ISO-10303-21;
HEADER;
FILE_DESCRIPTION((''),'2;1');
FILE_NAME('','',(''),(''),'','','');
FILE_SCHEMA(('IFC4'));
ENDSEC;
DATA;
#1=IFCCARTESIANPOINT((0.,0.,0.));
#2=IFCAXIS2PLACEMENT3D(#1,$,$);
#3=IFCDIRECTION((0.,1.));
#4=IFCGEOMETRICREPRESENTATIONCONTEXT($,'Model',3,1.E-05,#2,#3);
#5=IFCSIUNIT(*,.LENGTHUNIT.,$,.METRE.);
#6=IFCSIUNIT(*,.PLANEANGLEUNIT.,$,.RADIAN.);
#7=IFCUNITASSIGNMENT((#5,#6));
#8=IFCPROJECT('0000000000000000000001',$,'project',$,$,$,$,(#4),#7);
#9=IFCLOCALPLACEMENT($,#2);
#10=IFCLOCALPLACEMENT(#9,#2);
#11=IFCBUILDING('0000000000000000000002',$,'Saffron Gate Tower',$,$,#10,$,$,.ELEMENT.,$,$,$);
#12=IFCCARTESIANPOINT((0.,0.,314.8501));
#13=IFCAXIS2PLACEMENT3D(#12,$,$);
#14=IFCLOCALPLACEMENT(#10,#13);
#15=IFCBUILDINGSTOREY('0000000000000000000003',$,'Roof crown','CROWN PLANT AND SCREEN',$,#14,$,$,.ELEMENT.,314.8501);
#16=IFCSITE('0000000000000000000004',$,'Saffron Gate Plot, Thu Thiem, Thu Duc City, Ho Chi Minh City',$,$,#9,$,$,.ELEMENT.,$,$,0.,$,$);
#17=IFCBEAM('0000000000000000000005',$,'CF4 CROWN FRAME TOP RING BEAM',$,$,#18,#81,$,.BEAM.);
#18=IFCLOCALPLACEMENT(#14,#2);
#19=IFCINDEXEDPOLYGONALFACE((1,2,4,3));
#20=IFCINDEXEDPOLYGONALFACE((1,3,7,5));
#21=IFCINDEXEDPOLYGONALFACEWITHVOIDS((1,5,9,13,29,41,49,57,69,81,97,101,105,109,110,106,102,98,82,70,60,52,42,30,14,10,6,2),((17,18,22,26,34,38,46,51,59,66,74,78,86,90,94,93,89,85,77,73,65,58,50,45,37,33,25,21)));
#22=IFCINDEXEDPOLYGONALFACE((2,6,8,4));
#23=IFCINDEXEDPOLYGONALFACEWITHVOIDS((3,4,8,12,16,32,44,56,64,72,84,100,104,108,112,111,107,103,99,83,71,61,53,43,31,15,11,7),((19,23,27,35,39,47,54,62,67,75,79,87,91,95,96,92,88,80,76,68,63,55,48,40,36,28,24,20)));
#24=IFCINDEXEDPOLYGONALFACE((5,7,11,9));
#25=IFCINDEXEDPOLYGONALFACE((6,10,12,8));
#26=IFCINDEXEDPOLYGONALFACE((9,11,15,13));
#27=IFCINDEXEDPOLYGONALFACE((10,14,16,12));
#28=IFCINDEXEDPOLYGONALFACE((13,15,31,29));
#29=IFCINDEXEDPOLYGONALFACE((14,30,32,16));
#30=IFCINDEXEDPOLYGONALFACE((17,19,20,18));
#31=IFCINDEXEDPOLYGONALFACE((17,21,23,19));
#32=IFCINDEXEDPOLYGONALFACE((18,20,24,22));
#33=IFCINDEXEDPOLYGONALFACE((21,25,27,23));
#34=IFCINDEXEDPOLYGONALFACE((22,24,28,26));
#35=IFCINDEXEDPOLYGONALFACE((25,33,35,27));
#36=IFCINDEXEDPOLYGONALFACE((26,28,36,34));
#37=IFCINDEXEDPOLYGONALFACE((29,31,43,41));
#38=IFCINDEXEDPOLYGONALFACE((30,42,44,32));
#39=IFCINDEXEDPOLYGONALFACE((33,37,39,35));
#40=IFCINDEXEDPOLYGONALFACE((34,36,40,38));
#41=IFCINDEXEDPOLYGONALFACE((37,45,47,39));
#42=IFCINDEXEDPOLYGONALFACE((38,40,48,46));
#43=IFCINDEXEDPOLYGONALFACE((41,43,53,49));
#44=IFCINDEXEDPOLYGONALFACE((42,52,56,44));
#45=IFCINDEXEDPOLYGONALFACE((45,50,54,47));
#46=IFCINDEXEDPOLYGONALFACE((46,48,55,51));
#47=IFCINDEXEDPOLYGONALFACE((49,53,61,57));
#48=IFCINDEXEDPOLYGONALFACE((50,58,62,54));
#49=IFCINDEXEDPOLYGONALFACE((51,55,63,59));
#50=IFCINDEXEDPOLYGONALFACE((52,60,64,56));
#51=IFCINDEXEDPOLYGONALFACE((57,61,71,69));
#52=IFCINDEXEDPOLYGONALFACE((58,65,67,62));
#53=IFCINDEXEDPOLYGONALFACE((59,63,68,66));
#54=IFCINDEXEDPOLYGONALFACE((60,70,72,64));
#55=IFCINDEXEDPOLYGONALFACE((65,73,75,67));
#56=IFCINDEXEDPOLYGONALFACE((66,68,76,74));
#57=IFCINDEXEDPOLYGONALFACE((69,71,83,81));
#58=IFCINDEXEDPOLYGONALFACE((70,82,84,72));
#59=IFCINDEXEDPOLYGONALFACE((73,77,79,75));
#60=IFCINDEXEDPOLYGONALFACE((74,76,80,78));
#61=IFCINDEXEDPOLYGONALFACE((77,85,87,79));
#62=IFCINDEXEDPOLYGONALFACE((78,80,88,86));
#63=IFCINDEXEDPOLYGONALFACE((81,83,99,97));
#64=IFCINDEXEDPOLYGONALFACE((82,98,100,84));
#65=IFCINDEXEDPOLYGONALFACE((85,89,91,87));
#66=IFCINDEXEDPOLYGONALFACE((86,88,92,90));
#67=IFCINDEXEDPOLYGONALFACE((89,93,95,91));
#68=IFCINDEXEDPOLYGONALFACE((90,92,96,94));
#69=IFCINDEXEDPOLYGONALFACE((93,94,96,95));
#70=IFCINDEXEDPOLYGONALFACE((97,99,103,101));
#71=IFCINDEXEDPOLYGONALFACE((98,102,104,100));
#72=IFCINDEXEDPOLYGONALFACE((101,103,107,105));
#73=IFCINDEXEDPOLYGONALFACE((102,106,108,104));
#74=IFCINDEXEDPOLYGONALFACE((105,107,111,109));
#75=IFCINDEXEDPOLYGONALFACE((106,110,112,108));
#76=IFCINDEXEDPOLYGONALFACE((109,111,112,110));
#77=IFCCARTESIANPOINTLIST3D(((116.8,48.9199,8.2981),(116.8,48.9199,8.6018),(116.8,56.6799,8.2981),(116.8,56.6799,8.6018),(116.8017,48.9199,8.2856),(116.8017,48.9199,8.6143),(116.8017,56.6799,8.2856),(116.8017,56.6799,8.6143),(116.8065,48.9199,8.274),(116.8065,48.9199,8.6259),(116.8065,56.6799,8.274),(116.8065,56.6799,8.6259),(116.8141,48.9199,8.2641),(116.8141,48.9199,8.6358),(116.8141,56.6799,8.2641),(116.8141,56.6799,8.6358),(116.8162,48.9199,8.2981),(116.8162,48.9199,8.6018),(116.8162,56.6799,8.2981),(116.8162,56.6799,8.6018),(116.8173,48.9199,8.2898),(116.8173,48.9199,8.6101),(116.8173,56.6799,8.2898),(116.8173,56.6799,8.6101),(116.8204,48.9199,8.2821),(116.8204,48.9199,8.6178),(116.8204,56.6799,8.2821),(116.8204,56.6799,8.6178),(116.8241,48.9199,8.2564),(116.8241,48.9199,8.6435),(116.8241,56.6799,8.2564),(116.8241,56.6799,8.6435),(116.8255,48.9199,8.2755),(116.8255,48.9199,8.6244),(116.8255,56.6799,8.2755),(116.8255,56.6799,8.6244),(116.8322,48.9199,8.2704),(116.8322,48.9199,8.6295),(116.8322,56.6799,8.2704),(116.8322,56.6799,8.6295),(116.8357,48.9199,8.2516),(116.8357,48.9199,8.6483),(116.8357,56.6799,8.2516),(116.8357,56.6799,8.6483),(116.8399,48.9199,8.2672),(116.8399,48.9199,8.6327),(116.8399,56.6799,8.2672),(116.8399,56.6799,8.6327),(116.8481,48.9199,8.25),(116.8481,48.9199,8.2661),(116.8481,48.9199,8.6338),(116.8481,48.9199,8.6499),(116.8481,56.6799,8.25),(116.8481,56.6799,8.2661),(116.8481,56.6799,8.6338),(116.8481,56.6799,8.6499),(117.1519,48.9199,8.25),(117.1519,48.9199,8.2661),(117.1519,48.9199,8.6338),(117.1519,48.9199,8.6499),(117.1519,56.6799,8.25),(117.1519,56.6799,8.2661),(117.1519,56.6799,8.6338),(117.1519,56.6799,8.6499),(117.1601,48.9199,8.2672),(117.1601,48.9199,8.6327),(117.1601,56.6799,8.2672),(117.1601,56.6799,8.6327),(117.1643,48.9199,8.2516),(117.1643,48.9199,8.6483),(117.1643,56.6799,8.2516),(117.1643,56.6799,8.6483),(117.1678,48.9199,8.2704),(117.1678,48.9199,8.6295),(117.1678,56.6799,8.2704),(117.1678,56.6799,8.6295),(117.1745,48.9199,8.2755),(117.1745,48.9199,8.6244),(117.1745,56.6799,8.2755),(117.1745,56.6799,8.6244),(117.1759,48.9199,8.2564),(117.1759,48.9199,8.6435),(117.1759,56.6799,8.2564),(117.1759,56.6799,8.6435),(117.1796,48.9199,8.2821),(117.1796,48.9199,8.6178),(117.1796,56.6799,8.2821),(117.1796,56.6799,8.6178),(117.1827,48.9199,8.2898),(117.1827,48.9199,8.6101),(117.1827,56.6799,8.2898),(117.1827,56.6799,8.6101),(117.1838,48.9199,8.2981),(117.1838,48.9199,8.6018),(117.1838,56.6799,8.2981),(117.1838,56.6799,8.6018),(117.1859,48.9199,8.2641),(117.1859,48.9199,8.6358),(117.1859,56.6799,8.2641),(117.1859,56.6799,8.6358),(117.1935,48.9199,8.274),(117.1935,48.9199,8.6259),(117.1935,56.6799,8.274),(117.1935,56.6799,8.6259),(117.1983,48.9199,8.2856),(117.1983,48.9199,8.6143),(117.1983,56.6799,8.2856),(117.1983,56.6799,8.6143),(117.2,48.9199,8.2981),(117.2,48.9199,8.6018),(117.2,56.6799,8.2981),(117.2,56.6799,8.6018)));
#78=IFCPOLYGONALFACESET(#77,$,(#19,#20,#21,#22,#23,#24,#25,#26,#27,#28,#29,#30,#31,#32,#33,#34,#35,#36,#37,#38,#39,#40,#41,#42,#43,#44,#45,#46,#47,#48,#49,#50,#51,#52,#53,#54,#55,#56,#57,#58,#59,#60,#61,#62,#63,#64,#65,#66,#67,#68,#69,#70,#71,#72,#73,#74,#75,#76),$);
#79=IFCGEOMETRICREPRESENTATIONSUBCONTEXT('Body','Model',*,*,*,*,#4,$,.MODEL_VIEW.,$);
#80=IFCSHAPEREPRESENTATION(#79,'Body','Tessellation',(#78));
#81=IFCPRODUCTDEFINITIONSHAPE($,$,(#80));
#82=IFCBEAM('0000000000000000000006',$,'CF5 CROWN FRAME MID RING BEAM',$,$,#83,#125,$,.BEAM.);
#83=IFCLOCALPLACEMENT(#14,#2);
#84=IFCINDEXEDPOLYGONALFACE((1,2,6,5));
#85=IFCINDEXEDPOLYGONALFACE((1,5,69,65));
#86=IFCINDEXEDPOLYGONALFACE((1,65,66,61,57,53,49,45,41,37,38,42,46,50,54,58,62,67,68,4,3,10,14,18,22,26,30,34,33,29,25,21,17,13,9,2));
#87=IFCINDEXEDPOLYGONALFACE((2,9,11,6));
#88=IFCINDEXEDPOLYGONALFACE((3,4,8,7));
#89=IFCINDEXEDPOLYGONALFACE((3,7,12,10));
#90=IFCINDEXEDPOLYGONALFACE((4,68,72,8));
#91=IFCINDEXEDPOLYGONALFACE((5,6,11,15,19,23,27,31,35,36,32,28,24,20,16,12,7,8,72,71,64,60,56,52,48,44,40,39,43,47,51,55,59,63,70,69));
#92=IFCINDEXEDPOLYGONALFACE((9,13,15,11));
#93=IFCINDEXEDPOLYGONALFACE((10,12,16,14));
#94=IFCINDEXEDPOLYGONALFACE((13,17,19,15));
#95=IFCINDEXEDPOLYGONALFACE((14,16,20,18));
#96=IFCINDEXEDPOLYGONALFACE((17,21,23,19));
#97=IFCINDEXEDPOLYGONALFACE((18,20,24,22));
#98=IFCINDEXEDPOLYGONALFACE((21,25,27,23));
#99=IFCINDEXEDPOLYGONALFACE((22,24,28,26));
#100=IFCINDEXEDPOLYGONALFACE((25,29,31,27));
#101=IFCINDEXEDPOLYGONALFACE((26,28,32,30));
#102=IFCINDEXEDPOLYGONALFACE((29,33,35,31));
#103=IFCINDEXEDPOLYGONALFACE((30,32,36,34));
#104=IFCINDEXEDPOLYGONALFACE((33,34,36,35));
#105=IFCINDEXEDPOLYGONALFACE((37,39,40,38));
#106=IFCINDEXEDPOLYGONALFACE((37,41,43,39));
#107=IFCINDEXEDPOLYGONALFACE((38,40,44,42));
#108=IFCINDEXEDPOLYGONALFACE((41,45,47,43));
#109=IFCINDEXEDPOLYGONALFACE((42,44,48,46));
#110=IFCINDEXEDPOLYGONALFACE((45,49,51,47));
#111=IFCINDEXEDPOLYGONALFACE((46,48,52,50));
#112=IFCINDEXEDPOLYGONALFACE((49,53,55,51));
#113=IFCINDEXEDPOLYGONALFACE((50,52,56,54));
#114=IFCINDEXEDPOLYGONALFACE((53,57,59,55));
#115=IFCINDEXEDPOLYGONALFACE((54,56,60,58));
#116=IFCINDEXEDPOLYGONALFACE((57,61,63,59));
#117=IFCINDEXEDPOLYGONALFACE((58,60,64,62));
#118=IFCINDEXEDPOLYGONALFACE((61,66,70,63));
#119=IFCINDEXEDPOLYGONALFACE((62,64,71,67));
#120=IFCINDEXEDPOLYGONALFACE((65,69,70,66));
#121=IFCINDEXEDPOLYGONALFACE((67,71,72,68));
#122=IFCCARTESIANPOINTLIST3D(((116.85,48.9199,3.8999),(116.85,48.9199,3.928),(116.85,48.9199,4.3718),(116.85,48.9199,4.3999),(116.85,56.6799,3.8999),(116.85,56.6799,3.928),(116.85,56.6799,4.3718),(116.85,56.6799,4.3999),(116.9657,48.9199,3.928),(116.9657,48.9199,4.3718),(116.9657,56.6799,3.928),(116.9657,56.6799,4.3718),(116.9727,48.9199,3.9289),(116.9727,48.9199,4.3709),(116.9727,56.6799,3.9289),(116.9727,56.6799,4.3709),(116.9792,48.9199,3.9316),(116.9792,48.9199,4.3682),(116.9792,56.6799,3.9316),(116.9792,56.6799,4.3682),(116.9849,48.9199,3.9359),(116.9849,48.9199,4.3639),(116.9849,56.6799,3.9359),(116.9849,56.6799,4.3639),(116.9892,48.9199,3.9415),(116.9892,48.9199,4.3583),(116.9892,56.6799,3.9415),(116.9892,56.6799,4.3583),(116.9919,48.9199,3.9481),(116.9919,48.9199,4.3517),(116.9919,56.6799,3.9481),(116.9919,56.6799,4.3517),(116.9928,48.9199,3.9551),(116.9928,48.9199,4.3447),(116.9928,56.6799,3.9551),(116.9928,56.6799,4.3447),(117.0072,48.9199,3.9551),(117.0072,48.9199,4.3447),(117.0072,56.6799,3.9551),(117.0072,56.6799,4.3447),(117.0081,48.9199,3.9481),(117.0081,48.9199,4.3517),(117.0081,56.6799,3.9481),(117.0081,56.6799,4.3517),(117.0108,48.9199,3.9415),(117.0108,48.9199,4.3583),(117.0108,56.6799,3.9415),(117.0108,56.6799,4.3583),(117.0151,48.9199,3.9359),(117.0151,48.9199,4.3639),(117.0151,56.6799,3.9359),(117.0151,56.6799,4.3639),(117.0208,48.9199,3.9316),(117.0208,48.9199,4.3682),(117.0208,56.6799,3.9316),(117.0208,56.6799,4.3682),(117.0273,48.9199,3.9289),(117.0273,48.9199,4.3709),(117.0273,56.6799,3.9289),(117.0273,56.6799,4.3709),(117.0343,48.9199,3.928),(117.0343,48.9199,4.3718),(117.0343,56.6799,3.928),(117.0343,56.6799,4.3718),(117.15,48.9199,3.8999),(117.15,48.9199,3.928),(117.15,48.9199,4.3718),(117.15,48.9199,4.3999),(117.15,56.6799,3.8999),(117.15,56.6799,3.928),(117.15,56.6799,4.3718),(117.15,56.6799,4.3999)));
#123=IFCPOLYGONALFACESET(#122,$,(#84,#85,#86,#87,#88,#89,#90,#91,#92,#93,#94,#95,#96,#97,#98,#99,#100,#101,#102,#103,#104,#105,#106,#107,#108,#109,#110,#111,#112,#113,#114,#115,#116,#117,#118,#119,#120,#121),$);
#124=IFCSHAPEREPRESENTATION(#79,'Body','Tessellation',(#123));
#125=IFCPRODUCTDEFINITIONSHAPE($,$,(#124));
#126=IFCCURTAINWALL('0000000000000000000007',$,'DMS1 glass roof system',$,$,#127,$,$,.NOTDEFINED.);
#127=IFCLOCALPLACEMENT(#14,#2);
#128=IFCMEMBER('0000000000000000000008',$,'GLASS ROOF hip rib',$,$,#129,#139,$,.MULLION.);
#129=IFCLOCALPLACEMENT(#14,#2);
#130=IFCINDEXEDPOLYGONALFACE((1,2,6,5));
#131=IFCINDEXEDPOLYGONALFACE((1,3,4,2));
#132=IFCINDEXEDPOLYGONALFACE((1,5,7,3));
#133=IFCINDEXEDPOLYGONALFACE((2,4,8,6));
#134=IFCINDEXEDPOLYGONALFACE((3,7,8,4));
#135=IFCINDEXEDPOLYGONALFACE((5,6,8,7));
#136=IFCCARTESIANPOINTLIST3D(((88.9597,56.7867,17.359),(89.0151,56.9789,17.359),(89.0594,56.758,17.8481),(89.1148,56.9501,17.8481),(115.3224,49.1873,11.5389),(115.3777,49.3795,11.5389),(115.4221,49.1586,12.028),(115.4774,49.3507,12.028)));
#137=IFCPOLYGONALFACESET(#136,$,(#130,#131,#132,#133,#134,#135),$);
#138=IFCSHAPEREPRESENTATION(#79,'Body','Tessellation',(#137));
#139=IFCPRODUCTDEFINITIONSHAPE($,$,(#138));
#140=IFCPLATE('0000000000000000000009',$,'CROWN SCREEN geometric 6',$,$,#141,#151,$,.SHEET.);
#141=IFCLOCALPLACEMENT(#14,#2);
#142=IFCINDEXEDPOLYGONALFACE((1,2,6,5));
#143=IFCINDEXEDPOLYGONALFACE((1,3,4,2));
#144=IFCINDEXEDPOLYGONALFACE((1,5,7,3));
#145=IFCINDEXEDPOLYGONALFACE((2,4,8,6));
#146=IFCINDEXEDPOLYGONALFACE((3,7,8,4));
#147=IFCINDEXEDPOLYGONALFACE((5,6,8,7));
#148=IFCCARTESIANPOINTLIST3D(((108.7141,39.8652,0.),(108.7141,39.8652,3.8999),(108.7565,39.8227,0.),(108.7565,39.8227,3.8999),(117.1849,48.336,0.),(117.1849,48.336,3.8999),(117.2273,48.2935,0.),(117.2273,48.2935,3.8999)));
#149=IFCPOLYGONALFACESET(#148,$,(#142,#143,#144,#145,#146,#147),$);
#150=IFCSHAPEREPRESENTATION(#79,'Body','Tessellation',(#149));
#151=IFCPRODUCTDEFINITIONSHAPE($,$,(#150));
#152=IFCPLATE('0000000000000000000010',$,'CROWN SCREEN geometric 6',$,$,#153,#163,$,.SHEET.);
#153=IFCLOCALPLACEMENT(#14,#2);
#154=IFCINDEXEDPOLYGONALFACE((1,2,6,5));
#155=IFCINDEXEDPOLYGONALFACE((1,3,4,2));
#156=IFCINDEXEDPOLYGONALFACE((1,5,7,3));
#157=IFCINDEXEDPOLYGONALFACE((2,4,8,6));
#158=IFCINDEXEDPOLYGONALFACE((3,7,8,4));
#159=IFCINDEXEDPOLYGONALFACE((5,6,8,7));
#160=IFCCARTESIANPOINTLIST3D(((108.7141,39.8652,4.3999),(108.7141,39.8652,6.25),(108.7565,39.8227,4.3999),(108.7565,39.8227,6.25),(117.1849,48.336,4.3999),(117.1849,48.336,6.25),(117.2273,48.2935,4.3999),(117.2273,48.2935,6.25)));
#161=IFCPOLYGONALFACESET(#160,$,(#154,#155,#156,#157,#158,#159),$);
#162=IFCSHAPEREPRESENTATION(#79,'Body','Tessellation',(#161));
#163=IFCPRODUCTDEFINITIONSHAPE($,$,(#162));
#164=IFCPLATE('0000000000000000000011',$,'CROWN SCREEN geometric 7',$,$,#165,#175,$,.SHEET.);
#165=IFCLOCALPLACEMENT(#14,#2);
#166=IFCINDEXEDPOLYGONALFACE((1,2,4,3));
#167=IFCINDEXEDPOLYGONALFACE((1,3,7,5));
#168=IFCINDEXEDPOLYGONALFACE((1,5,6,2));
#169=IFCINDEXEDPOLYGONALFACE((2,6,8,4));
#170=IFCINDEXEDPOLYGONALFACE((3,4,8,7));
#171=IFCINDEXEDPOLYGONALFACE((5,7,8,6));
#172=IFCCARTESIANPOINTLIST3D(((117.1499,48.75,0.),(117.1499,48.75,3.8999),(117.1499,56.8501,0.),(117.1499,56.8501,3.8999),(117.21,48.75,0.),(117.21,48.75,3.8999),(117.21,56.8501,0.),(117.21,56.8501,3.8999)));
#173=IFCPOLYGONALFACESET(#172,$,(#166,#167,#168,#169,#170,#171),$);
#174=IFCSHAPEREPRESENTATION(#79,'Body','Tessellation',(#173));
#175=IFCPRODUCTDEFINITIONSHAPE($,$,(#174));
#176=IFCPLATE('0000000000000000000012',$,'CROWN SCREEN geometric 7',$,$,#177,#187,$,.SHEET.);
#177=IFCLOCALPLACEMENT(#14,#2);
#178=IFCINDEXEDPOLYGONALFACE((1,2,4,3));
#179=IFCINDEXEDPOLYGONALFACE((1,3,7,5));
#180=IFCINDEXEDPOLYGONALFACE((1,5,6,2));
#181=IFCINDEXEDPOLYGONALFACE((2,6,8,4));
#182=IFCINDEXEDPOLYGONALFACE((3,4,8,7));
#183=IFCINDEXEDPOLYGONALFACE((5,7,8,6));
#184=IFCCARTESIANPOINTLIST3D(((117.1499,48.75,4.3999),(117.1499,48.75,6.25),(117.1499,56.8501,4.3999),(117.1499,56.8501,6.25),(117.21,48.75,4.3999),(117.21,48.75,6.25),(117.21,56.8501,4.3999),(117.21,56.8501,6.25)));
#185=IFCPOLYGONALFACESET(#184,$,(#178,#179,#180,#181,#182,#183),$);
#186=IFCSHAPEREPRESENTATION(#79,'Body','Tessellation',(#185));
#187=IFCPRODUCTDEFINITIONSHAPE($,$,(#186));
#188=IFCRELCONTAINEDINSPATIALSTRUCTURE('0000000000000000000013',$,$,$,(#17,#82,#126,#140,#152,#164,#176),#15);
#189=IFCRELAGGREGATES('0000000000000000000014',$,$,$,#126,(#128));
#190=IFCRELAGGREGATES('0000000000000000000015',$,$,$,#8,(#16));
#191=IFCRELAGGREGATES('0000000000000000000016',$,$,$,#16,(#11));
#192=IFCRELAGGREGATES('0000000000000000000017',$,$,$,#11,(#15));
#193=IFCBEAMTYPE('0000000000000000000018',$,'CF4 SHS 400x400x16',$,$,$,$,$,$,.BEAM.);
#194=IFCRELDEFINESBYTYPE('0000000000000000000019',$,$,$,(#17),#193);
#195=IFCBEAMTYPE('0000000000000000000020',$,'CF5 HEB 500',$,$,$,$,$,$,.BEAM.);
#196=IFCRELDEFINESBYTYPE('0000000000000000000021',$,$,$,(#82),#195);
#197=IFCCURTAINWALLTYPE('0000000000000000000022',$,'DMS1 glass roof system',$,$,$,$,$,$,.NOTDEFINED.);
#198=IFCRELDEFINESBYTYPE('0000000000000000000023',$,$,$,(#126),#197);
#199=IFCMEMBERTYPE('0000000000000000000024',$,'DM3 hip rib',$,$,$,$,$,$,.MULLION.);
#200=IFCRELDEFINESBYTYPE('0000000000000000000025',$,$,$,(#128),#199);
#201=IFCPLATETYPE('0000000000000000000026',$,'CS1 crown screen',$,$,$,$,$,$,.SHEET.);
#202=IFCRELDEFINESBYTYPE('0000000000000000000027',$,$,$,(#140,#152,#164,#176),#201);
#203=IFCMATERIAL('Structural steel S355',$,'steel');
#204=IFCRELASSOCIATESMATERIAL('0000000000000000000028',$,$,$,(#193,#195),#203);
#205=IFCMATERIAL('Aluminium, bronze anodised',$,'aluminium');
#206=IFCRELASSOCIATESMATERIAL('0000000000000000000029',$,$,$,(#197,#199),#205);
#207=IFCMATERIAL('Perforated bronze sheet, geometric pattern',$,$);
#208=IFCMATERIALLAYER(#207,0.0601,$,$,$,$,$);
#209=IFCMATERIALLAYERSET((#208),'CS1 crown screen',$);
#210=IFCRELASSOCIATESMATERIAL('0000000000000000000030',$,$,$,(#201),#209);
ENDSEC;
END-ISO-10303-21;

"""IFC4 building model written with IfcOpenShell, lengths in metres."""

from ifc_helpers import new_model, si_unit, direction, frame, origin, origin_2d, place, context, subcontext, project, spatial, rectangle, hollow_rectangle, i_section, extrude, material, layer, layer_set, material_profile, profile_set, type_object, element, aggregate, save


model = new_model("IFC4")

# Units and contexts
model_context = context("Model", 3, precision=1e-05, world=origin(), true_north=direction((0.0, 1.0)))
body_context = subcontext(model_context, "Body", "Model", "MODEL_VIEW")
ifc_project = project(units=[si_unit("LENGTHUNIT", "METRE"), si_unit("PLANEANGLEUNIT", "RADIAN")], contexts=[model_context])

# Site, building, storey
site_placement = place(None, origin())
site = spatial("IfcSite", under=ifc_project, at=site_placement, Name="Saffron Gate Plot, Thu Thiem, Thu Duc City, Ho Chi Minh City", CompositionType="ELEMENT", RefElevation=0.0)
building_placement = place(site_placement, origin())
building = spatial("IfcBuilding", under=site, at=building_placement, Name="Saffron Gate Tower", CompositionType="ELEMENT")
storey_placement = place(building_placement, frame((0.0, 0.0, 314.8501)))
storey = spatial("IfcBuildingStorey", under=building, at=storey_placement, Name="Roof crown", Description="CROWN PLANT AND SCREEN", CompositionType="ELEMENT", Elevation=314.8501)

# Shared definitions
ifc_material_1 = material(Name="Structural steel S355", Category="steel")

# Beams
ifc_material_profile_1 = material_profile(ifc_material_1, hollow_rectangle(XDim=0.3999, YDim=0.3999, WallThickness=0.0161, InnerFilletRadius=0.032, OuterFilletRadius=0.0481, at=origin_2d()))
ifc_profile_set_1 = profile_set([ifc_material_profile_1], Name="Structural steel S355")
beam_type_1 = type_object("IfcBeamType", Name="CF4 SHS 400x400x16", PredefinedType="BEAM", material=ifc_profile_set_1)
beam_1_placement = place(storey_placement, frame((117.0, 48.9199, 8.45), z_axis=(0.0, 1.0, 0.0), x_axis=(-1.0, 0.0, 0.0)))
element("IfcBeam", 1, at=beam_1_placement, inside=storey, type_object=beam_type_1, Name="CF4 CROWN FRAME TOP RING BEAM", PredefinedType="BEAM", context=body_context, shape_type="SweptSolid", body=[
    extrude(hollow_rectangle(XDim=0.3999, YDim=0.3999, WallThickness=0.0161, InnerFilletRadius=0.032, OuterFilletRadius=0.0481, at=origin_2d()), origin(), (0.0, 0.0, 1.0), 7.76),
])
ifc_material_profile_2 = material_profile(ifc_material_1, i_section(OverallWidth=0.3, OverallDepth=0.5, WebThickness=0.0144, FlangeThickness=0.0281, FilletRadius=0.0271, at=origin_2d()))
ifc_profile_set_2 = profile_set([ifc_material_profile_2], Name="Structural steel S355")
beam_type_2 = type_object("IfcBeamType", Name="CF5 HEB 500", PredefinedType="BEAM", material=ifc_profile_set_2)
beam_2_placement = place(storey_placement, frame((117.0, 48.9199, 4.1499), z_axis=(0.0, 1.0, 0.0), x_axis=(-1.0, 0.0, 0.0)))
element("IfcBeam", 2, at=beam_2_placement, inside=storey, type_object=beam_type_2, Name="CF5 CROWN FRAME MID RING BEAM", PredefinedType="BEAM", context=body_context, shape_type="SweptSolid", body=[
    extrude(i_section(OverallWidth=0.3, OverallDepth=0.5, WebThickness=0.0144, FlangeThickness=0.0281, FilletRadius=0.0271, at=origin_2d()), origin(), (0.0, 0.0, 1.0), 7.76),
])

# Curtain wall, member
ifc_material_2 = material(Name="Aluminium, bronze anodised", Category="aluminium")
curtain_wall_type = type_object("IfcCurtainWallType", Name="DMS1 glass roof system", PredefinedType="NOTDEFINED", material=ifc_material_2)
curtain_wall_placement = place(storey_placement, origin())
curtain_wall = element("IfcCurtainWall", 3, at=curtain_wall_placement, inside=storey, type_object=curtain_wall_type, Name="DMS1 glass roof system", PredefinedType="NOTDEFINED")
ifc_material_profile_3 = material_profile(ifc_material_2, rectangle(XDim=0.2, YDim=0.5, at=origin_2d()))
ifc_profile_set_3 = profile_set([ifc_material_profile_3], Name="Aluminium, bronze anodised")
member_type_1 = type_object("IfcMemberType", Name="DM3 hip rib", PredefinedType="MULLION", material=ifc_profile_set_3)
member_1_placement = place(storey_placement, frame((115.3999, 49.269, 11.7834), z_axis=(-0.939958, 0.270956, 0.207515), x_axis=(-0.276985, -0.960874, 0.0)))
member_1 = element("IfcMember", 4, at=member_1_placement, type_object=member_type_1, Name="GLASS ROOF hip rib", PredefinedType="MULLION", context=body_context, shape_type="SweptSolid", body=[
    extrude(rectangle(XDim=0.2, YDim=0.5, at=origin_2d()), origin(), (0.0, 0.0, 1.0), 28.0466),
])
aggregate(curtain_wall, [member_1])

# Plates
ifc_material_3 = material(Name="Perforated bronze sheet, geometric pattern")
ifc_layer_1 = layer(ifc_material_3, 0.0601)
ifc_layer_set_1 = layer_set([ifc_layer_1], Name="CS1 crown screen")
plate_type_1 = type_object("IfcPlateType", Name="CS1 crown screen", PredefinedType="SHEET", material=ifc_layer_set_1)
plate_1_placement = place(storey_placement, frame((112.9707, 44.0793, 0.0), z_axis=(0.0, 0.0, 1.0), x_axis=(0.707107, 0.707107, 0.0)))
element("IfcPlate", 5, at=plate_1_placement, inside=storey, type_object=plate_type_1, Name="CROWN SCREEN geometric 6", PredefinedType="SHEET", context=body_context, shape_type="SweptSolid", body=[
    extrude(rectangle(XDim=11.9795, YDim=0.0601, at=origin_2d()), origin(), (0.0, 0.0, 1.0), 3.8999),
])
plate_2_placement = place(storey_placement, frame((112.9707, 44.0793, 4.3999), z_axis=(0.0, 0.0, 1.0), x_axis=(0.707107, 0.707107, 0.0)))
element("IfcPlate", 6, at=plate_2_placement, inside=storey, type_object=plate_type_1, Name="CROWN SCREEN geometric 6", PredefinedType="SHEET", context=body_context, shape_type="SweptSolid", body=[
    extrude(rectangle(XDim=11.9795, YDim=0.0601, at=origin_2d()), origin(), (0.0, 0.0, 1.0), 1.8501),
])
plate_3_placement = place(storey_placement, frame((117.1799, 52.8, 0.0), z_axis=(0.0, 0.0, 1.0), x_axis=(0.0, 1.0, 0.0)))
element("IfcPlate", 7, at=plate_3_placement, inside=storey, type_object=plate_type_1, Name="CROWN SCREEN geometric 7", PredefinedType="SHEET", context=body_context, shape_type="SweptSolid", body=[
    extrude(rectangle(XDim=8.1001, YDim=0.0601, at=origin_2d()), origin(), (0.0, 0.0, 1.0), 3.8999),
])
plate_4_placement = place(storey_placement, frame((117.1799, 52.8, 4.3999), z_axis=(0.0, 0.0, 1.0), x_axis=(0.0, 1.0, 0.0)))
element("IfcPlate", 8, at=plate_4_placement, inside=storey, type_object=plate_type_1, Name="CROWN SCREEN geometric 7", PredefinedType="SHEET", context=body_context, shape_type="SweptSolid", body=[
    extrude(rectangle(XDim=8.1001, YDim=0.0601, at=origin_2d()), origin(), (0.0, 0.0, 1.0), 1.8501),
])

save(model, "model.ifc")
